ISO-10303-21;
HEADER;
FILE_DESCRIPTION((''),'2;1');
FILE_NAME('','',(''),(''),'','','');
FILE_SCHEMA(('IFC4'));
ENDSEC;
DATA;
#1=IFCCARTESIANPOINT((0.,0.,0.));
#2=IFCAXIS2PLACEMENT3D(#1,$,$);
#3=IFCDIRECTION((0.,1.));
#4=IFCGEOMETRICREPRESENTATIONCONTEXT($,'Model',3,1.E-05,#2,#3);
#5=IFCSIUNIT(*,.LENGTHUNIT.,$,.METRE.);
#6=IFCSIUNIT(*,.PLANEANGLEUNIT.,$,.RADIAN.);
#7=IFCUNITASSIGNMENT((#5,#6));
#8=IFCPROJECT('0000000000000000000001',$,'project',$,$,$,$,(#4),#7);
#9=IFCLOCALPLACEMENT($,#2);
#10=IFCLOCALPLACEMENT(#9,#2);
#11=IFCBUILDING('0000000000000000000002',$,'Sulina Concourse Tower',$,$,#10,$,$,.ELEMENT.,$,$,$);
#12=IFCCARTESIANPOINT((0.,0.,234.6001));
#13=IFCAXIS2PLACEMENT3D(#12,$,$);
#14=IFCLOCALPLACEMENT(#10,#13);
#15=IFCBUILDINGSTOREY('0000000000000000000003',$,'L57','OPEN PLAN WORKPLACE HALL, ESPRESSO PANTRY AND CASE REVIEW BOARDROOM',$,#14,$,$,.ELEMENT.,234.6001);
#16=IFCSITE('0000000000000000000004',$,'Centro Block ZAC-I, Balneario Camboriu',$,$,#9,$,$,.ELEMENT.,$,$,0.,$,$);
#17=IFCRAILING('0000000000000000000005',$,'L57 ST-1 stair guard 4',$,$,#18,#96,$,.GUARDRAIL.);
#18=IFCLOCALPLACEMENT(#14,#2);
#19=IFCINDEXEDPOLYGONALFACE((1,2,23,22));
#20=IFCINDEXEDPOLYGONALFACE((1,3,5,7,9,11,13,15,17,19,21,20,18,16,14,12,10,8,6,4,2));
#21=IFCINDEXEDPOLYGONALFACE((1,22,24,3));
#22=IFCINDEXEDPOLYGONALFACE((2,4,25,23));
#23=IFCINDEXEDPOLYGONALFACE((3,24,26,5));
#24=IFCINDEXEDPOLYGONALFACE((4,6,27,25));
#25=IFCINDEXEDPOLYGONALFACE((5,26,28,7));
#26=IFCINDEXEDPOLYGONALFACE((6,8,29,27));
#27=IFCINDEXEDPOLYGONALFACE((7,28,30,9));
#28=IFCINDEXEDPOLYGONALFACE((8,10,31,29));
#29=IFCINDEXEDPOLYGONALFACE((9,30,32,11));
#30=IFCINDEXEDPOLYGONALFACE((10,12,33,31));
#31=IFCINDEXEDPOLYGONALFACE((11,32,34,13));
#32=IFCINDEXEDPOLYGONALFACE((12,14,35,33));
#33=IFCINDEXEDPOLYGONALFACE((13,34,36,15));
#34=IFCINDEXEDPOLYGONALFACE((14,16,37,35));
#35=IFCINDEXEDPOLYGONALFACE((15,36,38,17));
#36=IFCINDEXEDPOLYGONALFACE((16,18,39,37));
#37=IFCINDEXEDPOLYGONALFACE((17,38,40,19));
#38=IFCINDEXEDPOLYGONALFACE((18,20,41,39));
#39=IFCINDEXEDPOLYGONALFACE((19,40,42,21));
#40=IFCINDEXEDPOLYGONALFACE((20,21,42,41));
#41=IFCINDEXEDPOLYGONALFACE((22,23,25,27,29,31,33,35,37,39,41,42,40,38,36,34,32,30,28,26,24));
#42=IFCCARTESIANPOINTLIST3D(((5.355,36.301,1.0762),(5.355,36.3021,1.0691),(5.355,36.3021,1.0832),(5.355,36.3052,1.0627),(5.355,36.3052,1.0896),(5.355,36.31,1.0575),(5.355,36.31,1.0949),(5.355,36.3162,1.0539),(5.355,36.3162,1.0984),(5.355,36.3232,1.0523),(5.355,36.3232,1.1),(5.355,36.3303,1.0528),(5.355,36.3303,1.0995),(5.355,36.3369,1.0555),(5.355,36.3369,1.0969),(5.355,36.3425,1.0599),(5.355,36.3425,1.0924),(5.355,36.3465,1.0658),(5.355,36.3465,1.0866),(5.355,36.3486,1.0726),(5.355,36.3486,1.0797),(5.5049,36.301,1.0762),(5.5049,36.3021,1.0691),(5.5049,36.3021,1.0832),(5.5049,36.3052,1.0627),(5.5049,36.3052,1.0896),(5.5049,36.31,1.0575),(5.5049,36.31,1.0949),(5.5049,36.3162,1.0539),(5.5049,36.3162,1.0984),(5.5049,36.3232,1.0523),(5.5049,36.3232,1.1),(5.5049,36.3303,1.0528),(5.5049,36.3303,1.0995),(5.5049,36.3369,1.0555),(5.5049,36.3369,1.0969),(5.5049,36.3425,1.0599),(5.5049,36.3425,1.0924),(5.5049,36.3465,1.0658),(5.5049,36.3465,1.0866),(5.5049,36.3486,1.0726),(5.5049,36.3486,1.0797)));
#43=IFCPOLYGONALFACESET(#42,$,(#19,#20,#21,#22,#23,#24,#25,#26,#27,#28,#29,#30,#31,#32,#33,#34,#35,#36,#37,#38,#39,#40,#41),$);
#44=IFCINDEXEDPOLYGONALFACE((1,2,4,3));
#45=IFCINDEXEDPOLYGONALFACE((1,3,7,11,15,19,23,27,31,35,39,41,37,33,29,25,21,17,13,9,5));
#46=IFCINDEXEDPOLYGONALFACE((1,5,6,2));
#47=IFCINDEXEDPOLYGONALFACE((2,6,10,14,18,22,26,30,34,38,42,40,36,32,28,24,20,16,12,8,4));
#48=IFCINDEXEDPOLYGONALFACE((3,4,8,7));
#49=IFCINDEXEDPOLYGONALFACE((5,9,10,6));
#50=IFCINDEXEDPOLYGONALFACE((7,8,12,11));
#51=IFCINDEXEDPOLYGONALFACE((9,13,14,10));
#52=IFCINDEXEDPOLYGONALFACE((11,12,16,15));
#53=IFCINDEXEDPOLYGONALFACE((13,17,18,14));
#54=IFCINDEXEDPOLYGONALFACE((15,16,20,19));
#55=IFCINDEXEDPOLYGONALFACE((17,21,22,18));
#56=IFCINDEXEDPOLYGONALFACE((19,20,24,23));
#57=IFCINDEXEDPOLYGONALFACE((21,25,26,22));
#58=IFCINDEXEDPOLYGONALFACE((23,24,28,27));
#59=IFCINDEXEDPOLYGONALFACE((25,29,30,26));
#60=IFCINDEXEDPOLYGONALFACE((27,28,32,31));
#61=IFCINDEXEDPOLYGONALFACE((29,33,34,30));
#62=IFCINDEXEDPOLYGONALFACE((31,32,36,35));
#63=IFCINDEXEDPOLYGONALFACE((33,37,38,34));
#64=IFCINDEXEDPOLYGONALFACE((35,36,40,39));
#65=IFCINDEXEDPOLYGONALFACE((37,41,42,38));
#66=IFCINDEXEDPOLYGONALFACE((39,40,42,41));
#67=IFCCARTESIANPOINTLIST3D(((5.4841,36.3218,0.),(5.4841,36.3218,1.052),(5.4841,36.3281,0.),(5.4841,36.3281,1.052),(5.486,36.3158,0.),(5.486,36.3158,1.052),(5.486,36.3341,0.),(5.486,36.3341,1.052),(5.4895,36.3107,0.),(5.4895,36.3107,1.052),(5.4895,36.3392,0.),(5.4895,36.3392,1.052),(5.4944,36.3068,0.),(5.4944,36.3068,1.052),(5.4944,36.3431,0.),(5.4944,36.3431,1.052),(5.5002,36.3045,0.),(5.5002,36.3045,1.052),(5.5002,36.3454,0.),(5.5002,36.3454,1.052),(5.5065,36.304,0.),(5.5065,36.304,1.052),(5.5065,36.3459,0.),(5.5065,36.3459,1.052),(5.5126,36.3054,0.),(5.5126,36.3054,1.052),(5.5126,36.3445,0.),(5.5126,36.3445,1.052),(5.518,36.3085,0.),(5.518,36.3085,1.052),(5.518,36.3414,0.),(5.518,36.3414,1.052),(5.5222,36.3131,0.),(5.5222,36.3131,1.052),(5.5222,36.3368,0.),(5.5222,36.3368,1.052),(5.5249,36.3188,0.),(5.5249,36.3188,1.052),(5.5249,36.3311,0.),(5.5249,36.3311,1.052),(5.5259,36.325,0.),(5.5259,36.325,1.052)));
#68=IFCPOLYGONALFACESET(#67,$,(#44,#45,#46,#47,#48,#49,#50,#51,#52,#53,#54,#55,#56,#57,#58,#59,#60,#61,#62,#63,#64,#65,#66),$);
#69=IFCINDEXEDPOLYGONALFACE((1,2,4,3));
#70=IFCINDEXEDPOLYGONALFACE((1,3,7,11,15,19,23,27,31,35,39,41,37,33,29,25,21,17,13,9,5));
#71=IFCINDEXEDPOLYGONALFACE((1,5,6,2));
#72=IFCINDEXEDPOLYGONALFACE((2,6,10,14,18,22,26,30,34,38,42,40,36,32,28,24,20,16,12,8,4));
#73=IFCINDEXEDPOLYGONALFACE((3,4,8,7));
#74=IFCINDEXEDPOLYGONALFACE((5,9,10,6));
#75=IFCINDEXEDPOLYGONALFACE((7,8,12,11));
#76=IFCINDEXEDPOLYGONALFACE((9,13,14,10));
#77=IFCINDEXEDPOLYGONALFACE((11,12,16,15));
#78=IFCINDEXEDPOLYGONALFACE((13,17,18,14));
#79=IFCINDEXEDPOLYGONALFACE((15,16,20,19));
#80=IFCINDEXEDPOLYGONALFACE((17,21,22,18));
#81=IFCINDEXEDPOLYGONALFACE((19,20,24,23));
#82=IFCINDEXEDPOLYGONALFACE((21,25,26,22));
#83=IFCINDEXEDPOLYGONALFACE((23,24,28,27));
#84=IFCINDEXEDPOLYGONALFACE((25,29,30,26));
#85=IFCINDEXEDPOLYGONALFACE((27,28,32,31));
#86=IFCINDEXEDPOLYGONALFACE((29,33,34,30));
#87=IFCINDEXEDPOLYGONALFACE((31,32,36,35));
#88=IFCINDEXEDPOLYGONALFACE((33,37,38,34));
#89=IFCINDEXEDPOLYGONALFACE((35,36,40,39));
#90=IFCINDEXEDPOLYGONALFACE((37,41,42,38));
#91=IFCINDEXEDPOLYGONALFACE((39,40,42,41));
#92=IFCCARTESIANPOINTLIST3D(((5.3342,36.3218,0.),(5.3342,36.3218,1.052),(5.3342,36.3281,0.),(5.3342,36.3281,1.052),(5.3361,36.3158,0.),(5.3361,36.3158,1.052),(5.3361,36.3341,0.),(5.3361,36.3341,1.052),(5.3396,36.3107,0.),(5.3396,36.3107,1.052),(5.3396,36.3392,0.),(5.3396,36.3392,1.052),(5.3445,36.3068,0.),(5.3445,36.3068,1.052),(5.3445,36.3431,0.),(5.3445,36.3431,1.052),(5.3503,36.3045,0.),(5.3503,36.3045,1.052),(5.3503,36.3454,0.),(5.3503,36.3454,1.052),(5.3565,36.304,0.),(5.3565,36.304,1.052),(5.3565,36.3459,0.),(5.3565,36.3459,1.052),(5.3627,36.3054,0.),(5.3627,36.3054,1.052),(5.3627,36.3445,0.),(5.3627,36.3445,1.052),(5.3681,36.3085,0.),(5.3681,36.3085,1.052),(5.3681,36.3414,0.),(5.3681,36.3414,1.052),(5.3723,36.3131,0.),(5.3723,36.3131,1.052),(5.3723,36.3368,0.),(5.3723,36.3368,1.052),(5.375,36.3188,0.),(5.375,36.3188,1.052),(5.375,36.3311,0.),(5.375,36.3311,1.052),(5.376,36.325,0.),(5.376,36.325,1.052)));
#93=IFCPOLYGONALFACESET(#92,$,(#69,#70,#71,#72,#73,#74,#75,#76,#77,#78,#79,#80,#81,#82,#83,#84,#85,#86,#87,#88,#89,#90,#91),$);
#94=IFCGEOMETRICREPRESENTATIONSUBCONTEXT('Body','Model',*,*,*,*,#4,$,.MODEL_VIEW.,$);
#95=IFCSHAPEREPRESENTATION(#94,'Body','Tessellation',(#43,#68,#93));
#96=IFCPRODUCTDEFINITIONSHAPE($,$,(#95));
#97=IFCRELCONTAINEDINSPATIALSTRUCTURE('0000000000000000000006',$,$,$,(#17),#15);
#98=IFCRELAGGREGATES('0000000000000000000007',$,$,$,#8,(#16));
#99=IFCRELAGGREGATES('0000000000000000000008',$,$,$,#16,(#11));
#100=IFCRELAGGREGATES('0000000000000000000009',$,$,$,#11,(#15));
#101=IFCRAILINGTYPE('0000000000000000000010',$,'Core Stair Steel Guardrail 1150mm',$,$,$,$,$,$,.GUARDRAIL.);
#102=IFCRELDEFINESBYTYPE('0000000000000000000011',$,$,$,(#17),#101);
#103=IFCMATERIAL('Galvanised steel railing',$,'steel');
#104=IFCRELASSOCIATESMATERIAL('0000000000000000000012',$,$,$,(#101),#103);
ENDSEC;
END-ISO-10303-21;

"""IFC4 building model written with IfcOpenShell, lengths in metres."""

from ifc_helpers import new_model, si_unit, direction, frame, origin, origin_2d, place, context, subcontext, project, spatial, circle, extrude, material, type_object, element, save


model = new_model("IFC4")

# Units and contexts
model_context = context("Model", 3, precision=1e-05, world=origin(), true_north=direction((0.0, 1.0)))
body_context = subcontext(model_context, "Body", "Model", "MODEL_VIEW")
ifc_project = project(units=[si_unit("LENGTHUNIT", "METRE"), si_unit("PLANEANGLEUNIT", "RADIAN")], contexts=[model_context])

# Site, building, storey
site_placement = place(None, origin())
site = spatial("IfcSite", under=ifc_project, at=site_placement, Name="Centro Block ZAC-I, Balneario Camboriu", CompositionType="ELEMENT", RefElevation=0.0)
building_placement = place(site_placement, origin())
building = spatial("IfcBuilding", under=site, at=building_placement, Name="Sulina Concourse Tower", CompositionType="ELEMENT")
storey_placement = place(building_placement, frame((0.0, 0.0, 234.6001)))
storey = spatial("IfcBuildingStorey", under=building, at=storey_placement, Name="L57", Description="OPEN PLAN WORKPLACE HALL, ESPRESSO PANTRY AND CASE REVIEW BOARDROOM", CompositionType="ELEMENT", Elevation=234.6001)

# Railing
ifc_material_1 = material(Name="Galvanised steel railing", Category="steel")
railing_type_1 = type_object("IfcRailingType", Name="Core Stair Steel Guardrail 1150mm", PredefinedType="GUARDRAIL", material=ifc_material_1)
railing_1_placement = place(storey_placement, frame((5.5049, 36.325, 0.0)))
element("IfcRailing", 1, at=railing_1_placement, inside=storey, type_object=railing_type_1, Name="L57 ST-1 stair guard 4", PredefinedType="GUARDRAIL", context=body_context, shape_type="SweptSolid", body=[
    extrude(circle(Radius=0.0239, at=origin_2d()), frame((0.0, 0.0, 1.0762), z_axis=(-1.0, 0.0, 0.0), x_axis=(0.0, -1.0, 0.0)), (0.0, 0.0, 1.0), 0.1499),
    extrude(circle(Radius=0.021, at=origin_2d()), origin(), (0.0, 0.0, 1.0), 1.052),
    extrude(circle(Radius=0.021, at=origin_2d()), frame((-0.1499, 0.0, 0.0)), (0.0, 0.0, 1.0), 1.052),
])

save(model, "model.ifc")
